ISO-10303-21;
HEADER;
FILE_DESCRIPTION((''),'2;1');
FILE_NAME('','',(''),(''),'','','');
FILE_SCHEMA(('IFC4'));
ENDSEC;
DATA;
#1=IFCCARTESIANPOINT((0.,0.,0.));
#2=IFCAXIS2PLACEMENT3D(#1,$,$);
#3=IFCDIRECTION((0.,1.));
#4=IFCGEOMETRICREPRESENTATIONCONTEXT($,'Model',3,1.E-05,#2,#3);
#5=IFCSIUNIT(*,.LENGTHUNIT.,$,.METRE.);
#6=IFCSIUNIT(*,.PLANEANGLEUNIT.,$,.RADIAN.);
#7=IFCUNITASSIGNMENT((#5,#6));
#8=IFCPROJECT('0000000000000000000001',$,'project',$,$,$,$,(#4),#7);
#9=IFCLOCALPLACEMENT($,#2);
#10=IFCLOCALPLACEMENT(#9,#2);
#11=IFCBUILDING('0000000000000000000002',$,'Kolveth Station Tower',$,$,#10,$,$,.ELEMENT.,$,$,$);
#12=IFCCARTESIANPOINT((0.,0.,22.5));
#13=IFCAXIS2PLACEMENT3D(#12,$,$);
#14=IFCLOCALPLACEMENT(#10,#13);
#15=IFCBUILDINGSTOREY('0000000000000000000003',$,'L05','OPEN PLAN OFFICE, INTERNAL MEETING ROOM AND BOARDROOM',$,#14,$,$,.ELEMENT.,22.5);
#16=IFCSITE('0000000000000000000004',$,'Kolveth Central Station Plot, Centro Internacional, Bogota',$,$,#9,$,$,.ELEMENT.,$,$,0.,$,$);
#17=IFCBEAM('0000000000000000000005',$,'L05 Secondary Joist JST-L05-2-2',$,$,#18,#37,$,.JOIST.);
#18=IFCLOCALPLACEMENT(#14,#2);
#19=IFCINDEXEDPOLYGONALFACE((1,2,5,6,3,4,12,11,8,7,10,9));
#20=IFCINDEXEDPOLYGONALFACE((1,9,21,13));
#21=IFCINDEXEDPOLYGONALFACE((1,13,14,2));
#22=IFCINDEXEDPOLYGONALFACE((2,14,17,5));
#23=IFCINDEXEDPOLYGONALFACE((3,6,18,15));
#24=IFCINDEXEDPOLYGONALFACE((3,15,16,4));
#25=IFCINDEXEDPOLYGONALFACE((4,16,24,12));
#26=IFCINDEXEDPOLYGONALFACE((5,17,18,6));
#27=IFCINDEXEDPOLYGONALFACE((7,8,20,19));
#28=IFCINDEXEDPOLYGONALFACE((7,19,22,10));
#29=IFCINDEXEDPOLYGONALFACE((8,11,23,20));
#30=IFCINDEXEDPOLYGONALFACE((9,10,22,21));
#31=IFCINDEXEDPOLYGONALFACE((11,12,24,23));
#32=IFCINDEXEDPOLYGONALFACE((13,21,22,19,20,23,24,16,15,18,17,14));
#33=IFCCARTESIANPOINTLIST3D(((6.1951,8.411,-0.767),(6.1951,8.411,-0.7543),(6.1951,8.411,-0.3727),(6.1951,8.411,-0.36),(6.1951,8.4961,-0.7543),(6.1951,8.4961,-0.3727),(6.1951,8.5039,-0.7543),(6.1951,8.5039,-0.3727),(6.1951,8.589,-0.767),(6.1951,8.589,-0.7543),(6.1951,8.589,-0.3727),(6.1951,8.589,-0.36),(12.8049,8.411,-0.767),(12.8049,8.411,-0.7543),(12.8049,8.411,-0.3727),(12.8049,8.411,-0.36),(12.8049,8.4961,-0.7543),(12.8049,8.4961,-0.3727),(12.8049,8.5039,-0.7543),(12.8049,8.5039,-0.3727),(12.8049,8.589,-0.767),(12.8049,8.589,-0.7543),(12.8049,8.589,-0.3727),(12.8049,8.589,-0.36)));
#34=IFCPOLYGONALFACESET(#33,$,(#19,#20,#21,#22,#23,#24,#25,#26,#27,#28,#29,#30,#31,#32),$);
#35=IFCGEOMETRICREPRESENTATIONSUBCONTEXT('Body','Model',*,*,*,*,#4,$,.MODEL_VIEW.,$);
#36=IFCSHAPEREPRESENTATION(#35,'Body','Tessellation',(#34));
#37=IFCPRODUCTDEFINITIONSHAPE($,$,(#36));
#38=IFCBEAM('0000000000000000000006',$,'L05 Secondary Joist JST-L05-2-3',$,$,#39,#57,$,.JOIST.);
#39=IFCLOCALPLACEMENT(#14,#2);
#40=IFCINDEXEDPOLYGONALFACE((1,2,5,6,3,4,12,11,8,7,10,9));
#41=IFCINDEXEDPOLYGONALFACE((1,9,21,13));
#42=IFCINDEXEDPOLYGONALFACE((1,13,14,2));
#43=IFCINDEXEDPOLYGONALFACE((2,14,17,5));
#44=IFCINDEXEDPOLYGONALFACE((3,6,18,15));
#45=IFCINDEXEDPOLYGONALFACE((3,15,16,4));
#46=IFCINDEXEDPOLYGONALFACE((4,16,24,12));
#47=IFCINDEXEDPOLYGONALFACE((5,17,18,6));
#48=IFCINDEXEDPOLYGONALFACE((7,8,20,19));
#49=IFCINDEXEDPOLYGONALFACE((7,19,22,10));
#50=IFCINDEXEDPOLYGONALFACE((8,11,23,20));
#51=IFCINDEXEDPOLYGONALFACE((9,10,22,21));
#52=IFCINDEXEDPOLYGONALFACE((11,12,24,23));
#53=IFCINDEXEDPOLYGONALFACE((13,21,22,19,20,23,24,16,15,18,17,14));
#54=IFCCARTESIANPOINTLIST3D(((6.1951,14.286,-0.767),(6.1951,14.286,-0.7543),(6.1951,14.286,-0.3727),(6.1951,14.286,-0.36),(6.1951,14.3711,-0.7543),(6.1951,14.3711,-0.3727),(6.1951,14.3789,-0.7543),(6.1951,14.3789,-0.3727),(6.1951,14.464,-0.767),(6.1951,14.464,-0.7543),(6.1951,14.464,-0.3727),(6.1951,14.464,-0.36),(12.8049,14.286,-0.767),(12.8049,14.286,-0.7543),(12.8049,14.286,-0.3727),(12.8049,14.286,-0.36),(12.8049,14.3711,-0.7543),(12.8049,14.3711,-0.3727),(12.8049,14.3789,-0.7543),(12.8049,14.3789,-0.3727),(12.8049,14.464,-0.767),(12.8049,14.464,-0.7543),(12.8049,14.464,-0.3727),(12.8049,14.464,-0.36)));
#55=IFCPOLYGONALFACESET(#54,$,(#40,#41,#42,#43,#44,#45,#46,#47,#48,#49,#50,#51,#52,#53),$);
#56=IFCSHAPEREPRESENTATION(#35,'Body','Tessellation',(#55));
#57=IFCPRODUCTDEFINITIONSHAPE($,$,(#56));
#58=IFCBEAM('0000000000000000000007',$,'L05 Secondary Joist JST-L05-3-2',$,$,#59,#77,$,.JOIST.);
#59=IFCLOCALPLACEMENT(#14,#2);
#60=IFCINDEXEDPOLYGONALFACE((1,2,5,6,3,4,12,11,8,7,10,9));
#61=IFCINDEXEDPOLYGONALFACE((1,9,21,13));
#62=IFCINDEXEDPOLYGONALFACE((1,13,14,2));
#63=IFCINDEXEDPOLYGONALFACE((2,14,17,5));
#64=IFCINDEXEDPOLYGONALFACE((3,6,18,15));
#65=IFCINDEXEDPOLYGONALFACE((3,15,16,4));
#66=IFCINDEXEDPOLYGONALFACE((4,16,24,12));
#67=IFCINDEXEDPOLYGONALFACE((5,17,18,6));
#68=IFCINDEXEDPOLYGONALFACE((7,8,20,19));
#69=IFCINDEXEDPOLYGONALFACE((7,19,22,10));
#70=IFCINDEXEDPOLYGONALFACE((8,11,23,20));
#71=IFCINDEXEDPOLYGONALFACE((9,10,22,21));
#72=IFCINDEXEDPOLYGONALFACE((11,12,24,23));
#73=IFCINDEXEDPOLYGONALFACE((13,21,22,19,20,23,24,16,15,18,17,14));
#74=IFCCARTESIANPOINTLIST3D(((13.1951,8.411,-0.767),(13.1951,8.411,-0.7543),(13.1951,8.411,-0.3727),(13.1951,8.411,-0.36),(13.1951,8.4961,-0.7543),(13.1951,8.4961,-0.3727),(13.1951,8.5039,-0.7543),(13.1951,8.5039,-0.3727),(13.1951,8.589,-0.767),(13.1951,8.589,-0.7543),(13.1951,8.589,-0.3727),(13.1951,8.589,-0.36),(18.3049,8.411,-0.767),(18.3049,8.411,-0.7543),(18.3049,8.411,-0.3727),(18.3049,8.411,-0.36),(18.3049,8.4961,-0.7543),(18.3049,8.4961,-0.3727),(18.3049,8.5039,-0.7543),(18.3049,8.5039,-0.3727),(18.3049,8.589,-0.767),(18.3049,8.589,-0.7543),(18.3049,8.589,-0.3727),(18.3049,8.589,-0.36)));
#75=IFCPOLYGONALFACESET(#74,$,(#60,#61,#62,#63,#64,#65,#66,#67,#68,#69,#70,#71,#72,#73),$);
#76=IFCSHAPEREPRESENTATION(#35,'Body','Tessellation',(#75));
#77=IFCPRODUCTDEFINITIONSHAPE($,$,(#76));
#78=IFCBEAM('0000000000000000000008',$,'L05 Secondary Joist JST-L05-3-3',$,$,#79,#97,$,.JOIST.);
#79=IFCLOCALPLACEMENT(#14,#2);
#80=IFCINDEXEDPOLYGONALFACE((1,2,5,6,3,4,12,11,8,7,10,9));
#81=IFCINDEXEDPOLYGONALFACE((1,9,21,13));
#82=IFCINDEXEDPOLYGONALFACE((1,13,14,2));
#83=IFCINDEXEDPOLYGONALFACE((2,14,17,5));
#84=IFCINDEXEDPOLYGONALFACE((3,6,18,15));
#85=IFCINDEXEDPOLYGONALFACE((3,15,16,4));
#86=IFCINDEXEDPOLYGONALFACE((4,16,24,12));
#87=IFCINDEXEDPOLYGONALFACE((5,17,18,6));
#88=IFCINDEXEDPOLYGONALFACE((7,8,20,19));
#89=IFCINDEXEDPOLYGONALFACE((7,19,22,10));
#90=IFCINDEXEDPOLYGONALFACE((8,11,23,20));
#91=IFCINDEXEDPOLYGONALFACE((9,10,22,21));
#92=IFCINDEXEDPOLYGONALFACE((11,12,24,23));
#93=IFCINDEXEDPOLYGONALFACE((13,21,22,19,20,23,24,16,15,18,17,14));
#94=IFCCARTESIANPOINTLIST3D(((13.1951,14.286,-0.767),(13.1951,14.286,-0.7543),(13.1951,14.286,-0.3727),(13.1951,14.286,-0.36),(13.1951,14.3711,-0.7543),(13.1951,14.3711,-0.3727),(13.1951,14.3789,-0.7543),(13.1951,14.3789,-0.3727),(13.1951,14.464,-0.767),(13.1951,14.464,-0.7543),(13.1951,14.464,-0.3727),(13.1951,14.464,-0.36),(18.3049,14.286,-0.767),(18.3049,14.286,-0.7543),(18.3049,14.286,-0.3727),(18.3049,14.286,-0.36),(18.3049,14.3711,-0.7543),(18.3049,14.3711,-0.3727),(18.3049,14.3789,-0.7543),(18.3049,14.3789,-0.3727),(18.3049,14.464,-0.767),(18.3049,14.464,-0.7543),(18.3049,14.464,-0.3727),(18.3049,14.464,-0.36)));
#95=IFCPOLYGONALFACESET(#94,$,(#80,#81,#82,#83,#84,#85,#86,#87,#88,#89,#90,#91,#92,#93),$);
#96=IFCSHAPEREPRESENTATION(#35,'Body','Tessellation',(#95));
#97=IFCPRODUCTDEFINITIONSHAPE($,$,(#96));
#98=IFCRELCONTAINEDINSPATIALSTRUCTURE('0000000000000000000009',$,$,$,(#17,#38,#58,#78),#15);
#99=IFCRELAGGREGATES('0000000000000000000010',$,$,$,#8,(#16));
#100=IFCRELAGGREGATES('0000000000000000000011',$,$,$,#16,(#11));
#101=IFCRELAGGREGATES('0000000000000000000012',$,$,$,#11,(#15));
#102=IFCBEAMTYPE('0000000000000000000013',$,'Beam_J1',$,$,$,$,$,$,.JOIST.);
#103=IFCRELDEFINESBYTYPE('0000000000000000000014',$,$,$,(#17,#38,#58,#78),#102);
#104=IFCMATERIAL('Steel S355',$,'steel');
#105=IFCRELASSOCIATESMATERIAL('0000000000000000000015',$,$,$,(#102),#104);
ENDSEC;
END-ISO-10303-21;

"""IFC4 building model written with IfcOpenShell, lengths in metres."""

from ifc_helpers import new_model, si_unit, direction, frame, origin, origin_2d, place, context, subcontext, project, spatial, i_section, extrude, source, transform, mapped, material, material_profile, profile_set, type_object, element, save


model = new_model("IFC4")

# Units and contexts
model_context = context("Model", 3, precision=1e-05, world=origin(), true_north=direction((0.0, 1.0)))
body_context = subcontext(model_context, "Body", "Model", "MODEL_VIEW")
ifc_project = project(units=[si_unit("LENGTHUNIT", "METRE"), si_unit("PLANEANGLEUNIT", "RADIAN")], contexts=[model_context])

# Site, building, storey
site_placement = place(None, origin())
site = spatial("IfcSite", under=ifc_project, at=site_placement, Name="Kolveth Central Station Plot, Centro Internacional, Bogota", CompositionType="ELEMENT", RefElevation=0.0)
building_placement = place(site_placement, origin())
building = spatial("IfcBuilding", under=site, at=building_placement, Name="Kolveth Station Tower", CompositionType="ELEMENT")
storey_placement = place(building_placement, frame((0.0, 0.0, 22.5)))
storey = spatial("IfcBuildingStorey", under=building, at=storey_placement, Name="L05", Description="OPEN PLAN OFFICE, INTERNAL MEETING ROOM AND BOARDROOM", CompositionType="ELEMENT", Elevation=22.5)

# Beams
ifc_material_1 = material(Name="Steel S355", Category="steel")
ifc_material_profile_1 = material_profile(ifc_material_1, i_section(OverallWidth=0.178, OverallDepth=0.407, WebThickness=0.0078, FlangeThickness=0.0127, at=origin_2d()), Name="W410x60")
ifc_profile_set_1 = profile_set([ifc_material_profile_1], Name="Steel S355")
beam_type_1 = type_object("IfcBeamType", Name="Beam_J1", PredefinedType="JOIST", material=ifc_profile_set_1)
shared_shape_1 = source(origin(), body_context, "Body", "SweptSolid", [
    extrude(i_section(OverallWidth=0.178, OverallDepth=0.407, WebThickness=0.0078, FlangeThickness=0.0127, at=origin_2d()), origin(), (0.0, 0.0, 1.0), 6.6099),
])
for number, where, z_axis, x_axis, name in (
    (1, (6.1951, 8.5, -0.5635), (1.0, 0.0, 0.0), (0.0, 1.0, 0.0), "L05 Secondary Joist JST-L05-2-2"),
    (2, (6.1951, 14.375, -0.5635), (1.0, 0.0, 0.0), (0.0, 1.0, 0.0), "L05 Secondary Joist JST-L05-2-3"),
):
    element("IfcBeam", number, at=place(storey_placement, frame(where, z_axis=z_axis, x_axis=x_axis)), inside=storey, type_object=beam_type_1, Name=name, PredefinedType="JOIST", context=body_context, shape_type="MappedRepresentation", body=[
        mapped(shared_shape_1, transform((0.0, 0.0, 0.0), x_axis=(1.0, 0.0, 0.0), y_axis=(0.0, 1.0, 0.0), z_axis=(0.0, 0.0, 1.0), scale=1.0)),
    ])
shared_shape_2 = source(origin(), body_context, "Body", "SweptSolid", [
    extrude(i_section(OverallWidth=0.178, OverallDepth=0.407, WebThickness=0.0078, FlangeThickness=0.0127, at=origin_2d()), origin(), (0.0, 0.0, 1.0), 5.1099),
])
for number, where, z_axis, x_axis, name in (
    (3, (13.1951, 8.5, -0.5635), (1.0, 0.0, 0.0), (0.0, 1.0, 0.0), "L05 Secondary Joist JST-L05-3-2"),
    (4, (13.1951, 14.375, -0.5635), (1.0, 0.0, 0.0), (0.0, 1.0, 0.0), "L05 Secondary Joist JST-L05-3-3"),
):
    element("IfcBeam", number, at=place(storey_placement, frame(where, z_axis=z_axis, x_axis=x_axis)), inside=storey, type_object=beam_type_1, Name=name, PredefinedType="JOIST", context=body_context, shape_type="MappedRepresentation", body=[
        mapped(shared_shape_2, transform((0.0, 0.0, 0.0), x_axis=(1.0, 0.0, 0.0), y_axis=(0.0, 1.0, 0.0), z_axis=(0.0, 0.0, 1.0), scale=1.0)),
    ])

save(model, "model.ifc")
